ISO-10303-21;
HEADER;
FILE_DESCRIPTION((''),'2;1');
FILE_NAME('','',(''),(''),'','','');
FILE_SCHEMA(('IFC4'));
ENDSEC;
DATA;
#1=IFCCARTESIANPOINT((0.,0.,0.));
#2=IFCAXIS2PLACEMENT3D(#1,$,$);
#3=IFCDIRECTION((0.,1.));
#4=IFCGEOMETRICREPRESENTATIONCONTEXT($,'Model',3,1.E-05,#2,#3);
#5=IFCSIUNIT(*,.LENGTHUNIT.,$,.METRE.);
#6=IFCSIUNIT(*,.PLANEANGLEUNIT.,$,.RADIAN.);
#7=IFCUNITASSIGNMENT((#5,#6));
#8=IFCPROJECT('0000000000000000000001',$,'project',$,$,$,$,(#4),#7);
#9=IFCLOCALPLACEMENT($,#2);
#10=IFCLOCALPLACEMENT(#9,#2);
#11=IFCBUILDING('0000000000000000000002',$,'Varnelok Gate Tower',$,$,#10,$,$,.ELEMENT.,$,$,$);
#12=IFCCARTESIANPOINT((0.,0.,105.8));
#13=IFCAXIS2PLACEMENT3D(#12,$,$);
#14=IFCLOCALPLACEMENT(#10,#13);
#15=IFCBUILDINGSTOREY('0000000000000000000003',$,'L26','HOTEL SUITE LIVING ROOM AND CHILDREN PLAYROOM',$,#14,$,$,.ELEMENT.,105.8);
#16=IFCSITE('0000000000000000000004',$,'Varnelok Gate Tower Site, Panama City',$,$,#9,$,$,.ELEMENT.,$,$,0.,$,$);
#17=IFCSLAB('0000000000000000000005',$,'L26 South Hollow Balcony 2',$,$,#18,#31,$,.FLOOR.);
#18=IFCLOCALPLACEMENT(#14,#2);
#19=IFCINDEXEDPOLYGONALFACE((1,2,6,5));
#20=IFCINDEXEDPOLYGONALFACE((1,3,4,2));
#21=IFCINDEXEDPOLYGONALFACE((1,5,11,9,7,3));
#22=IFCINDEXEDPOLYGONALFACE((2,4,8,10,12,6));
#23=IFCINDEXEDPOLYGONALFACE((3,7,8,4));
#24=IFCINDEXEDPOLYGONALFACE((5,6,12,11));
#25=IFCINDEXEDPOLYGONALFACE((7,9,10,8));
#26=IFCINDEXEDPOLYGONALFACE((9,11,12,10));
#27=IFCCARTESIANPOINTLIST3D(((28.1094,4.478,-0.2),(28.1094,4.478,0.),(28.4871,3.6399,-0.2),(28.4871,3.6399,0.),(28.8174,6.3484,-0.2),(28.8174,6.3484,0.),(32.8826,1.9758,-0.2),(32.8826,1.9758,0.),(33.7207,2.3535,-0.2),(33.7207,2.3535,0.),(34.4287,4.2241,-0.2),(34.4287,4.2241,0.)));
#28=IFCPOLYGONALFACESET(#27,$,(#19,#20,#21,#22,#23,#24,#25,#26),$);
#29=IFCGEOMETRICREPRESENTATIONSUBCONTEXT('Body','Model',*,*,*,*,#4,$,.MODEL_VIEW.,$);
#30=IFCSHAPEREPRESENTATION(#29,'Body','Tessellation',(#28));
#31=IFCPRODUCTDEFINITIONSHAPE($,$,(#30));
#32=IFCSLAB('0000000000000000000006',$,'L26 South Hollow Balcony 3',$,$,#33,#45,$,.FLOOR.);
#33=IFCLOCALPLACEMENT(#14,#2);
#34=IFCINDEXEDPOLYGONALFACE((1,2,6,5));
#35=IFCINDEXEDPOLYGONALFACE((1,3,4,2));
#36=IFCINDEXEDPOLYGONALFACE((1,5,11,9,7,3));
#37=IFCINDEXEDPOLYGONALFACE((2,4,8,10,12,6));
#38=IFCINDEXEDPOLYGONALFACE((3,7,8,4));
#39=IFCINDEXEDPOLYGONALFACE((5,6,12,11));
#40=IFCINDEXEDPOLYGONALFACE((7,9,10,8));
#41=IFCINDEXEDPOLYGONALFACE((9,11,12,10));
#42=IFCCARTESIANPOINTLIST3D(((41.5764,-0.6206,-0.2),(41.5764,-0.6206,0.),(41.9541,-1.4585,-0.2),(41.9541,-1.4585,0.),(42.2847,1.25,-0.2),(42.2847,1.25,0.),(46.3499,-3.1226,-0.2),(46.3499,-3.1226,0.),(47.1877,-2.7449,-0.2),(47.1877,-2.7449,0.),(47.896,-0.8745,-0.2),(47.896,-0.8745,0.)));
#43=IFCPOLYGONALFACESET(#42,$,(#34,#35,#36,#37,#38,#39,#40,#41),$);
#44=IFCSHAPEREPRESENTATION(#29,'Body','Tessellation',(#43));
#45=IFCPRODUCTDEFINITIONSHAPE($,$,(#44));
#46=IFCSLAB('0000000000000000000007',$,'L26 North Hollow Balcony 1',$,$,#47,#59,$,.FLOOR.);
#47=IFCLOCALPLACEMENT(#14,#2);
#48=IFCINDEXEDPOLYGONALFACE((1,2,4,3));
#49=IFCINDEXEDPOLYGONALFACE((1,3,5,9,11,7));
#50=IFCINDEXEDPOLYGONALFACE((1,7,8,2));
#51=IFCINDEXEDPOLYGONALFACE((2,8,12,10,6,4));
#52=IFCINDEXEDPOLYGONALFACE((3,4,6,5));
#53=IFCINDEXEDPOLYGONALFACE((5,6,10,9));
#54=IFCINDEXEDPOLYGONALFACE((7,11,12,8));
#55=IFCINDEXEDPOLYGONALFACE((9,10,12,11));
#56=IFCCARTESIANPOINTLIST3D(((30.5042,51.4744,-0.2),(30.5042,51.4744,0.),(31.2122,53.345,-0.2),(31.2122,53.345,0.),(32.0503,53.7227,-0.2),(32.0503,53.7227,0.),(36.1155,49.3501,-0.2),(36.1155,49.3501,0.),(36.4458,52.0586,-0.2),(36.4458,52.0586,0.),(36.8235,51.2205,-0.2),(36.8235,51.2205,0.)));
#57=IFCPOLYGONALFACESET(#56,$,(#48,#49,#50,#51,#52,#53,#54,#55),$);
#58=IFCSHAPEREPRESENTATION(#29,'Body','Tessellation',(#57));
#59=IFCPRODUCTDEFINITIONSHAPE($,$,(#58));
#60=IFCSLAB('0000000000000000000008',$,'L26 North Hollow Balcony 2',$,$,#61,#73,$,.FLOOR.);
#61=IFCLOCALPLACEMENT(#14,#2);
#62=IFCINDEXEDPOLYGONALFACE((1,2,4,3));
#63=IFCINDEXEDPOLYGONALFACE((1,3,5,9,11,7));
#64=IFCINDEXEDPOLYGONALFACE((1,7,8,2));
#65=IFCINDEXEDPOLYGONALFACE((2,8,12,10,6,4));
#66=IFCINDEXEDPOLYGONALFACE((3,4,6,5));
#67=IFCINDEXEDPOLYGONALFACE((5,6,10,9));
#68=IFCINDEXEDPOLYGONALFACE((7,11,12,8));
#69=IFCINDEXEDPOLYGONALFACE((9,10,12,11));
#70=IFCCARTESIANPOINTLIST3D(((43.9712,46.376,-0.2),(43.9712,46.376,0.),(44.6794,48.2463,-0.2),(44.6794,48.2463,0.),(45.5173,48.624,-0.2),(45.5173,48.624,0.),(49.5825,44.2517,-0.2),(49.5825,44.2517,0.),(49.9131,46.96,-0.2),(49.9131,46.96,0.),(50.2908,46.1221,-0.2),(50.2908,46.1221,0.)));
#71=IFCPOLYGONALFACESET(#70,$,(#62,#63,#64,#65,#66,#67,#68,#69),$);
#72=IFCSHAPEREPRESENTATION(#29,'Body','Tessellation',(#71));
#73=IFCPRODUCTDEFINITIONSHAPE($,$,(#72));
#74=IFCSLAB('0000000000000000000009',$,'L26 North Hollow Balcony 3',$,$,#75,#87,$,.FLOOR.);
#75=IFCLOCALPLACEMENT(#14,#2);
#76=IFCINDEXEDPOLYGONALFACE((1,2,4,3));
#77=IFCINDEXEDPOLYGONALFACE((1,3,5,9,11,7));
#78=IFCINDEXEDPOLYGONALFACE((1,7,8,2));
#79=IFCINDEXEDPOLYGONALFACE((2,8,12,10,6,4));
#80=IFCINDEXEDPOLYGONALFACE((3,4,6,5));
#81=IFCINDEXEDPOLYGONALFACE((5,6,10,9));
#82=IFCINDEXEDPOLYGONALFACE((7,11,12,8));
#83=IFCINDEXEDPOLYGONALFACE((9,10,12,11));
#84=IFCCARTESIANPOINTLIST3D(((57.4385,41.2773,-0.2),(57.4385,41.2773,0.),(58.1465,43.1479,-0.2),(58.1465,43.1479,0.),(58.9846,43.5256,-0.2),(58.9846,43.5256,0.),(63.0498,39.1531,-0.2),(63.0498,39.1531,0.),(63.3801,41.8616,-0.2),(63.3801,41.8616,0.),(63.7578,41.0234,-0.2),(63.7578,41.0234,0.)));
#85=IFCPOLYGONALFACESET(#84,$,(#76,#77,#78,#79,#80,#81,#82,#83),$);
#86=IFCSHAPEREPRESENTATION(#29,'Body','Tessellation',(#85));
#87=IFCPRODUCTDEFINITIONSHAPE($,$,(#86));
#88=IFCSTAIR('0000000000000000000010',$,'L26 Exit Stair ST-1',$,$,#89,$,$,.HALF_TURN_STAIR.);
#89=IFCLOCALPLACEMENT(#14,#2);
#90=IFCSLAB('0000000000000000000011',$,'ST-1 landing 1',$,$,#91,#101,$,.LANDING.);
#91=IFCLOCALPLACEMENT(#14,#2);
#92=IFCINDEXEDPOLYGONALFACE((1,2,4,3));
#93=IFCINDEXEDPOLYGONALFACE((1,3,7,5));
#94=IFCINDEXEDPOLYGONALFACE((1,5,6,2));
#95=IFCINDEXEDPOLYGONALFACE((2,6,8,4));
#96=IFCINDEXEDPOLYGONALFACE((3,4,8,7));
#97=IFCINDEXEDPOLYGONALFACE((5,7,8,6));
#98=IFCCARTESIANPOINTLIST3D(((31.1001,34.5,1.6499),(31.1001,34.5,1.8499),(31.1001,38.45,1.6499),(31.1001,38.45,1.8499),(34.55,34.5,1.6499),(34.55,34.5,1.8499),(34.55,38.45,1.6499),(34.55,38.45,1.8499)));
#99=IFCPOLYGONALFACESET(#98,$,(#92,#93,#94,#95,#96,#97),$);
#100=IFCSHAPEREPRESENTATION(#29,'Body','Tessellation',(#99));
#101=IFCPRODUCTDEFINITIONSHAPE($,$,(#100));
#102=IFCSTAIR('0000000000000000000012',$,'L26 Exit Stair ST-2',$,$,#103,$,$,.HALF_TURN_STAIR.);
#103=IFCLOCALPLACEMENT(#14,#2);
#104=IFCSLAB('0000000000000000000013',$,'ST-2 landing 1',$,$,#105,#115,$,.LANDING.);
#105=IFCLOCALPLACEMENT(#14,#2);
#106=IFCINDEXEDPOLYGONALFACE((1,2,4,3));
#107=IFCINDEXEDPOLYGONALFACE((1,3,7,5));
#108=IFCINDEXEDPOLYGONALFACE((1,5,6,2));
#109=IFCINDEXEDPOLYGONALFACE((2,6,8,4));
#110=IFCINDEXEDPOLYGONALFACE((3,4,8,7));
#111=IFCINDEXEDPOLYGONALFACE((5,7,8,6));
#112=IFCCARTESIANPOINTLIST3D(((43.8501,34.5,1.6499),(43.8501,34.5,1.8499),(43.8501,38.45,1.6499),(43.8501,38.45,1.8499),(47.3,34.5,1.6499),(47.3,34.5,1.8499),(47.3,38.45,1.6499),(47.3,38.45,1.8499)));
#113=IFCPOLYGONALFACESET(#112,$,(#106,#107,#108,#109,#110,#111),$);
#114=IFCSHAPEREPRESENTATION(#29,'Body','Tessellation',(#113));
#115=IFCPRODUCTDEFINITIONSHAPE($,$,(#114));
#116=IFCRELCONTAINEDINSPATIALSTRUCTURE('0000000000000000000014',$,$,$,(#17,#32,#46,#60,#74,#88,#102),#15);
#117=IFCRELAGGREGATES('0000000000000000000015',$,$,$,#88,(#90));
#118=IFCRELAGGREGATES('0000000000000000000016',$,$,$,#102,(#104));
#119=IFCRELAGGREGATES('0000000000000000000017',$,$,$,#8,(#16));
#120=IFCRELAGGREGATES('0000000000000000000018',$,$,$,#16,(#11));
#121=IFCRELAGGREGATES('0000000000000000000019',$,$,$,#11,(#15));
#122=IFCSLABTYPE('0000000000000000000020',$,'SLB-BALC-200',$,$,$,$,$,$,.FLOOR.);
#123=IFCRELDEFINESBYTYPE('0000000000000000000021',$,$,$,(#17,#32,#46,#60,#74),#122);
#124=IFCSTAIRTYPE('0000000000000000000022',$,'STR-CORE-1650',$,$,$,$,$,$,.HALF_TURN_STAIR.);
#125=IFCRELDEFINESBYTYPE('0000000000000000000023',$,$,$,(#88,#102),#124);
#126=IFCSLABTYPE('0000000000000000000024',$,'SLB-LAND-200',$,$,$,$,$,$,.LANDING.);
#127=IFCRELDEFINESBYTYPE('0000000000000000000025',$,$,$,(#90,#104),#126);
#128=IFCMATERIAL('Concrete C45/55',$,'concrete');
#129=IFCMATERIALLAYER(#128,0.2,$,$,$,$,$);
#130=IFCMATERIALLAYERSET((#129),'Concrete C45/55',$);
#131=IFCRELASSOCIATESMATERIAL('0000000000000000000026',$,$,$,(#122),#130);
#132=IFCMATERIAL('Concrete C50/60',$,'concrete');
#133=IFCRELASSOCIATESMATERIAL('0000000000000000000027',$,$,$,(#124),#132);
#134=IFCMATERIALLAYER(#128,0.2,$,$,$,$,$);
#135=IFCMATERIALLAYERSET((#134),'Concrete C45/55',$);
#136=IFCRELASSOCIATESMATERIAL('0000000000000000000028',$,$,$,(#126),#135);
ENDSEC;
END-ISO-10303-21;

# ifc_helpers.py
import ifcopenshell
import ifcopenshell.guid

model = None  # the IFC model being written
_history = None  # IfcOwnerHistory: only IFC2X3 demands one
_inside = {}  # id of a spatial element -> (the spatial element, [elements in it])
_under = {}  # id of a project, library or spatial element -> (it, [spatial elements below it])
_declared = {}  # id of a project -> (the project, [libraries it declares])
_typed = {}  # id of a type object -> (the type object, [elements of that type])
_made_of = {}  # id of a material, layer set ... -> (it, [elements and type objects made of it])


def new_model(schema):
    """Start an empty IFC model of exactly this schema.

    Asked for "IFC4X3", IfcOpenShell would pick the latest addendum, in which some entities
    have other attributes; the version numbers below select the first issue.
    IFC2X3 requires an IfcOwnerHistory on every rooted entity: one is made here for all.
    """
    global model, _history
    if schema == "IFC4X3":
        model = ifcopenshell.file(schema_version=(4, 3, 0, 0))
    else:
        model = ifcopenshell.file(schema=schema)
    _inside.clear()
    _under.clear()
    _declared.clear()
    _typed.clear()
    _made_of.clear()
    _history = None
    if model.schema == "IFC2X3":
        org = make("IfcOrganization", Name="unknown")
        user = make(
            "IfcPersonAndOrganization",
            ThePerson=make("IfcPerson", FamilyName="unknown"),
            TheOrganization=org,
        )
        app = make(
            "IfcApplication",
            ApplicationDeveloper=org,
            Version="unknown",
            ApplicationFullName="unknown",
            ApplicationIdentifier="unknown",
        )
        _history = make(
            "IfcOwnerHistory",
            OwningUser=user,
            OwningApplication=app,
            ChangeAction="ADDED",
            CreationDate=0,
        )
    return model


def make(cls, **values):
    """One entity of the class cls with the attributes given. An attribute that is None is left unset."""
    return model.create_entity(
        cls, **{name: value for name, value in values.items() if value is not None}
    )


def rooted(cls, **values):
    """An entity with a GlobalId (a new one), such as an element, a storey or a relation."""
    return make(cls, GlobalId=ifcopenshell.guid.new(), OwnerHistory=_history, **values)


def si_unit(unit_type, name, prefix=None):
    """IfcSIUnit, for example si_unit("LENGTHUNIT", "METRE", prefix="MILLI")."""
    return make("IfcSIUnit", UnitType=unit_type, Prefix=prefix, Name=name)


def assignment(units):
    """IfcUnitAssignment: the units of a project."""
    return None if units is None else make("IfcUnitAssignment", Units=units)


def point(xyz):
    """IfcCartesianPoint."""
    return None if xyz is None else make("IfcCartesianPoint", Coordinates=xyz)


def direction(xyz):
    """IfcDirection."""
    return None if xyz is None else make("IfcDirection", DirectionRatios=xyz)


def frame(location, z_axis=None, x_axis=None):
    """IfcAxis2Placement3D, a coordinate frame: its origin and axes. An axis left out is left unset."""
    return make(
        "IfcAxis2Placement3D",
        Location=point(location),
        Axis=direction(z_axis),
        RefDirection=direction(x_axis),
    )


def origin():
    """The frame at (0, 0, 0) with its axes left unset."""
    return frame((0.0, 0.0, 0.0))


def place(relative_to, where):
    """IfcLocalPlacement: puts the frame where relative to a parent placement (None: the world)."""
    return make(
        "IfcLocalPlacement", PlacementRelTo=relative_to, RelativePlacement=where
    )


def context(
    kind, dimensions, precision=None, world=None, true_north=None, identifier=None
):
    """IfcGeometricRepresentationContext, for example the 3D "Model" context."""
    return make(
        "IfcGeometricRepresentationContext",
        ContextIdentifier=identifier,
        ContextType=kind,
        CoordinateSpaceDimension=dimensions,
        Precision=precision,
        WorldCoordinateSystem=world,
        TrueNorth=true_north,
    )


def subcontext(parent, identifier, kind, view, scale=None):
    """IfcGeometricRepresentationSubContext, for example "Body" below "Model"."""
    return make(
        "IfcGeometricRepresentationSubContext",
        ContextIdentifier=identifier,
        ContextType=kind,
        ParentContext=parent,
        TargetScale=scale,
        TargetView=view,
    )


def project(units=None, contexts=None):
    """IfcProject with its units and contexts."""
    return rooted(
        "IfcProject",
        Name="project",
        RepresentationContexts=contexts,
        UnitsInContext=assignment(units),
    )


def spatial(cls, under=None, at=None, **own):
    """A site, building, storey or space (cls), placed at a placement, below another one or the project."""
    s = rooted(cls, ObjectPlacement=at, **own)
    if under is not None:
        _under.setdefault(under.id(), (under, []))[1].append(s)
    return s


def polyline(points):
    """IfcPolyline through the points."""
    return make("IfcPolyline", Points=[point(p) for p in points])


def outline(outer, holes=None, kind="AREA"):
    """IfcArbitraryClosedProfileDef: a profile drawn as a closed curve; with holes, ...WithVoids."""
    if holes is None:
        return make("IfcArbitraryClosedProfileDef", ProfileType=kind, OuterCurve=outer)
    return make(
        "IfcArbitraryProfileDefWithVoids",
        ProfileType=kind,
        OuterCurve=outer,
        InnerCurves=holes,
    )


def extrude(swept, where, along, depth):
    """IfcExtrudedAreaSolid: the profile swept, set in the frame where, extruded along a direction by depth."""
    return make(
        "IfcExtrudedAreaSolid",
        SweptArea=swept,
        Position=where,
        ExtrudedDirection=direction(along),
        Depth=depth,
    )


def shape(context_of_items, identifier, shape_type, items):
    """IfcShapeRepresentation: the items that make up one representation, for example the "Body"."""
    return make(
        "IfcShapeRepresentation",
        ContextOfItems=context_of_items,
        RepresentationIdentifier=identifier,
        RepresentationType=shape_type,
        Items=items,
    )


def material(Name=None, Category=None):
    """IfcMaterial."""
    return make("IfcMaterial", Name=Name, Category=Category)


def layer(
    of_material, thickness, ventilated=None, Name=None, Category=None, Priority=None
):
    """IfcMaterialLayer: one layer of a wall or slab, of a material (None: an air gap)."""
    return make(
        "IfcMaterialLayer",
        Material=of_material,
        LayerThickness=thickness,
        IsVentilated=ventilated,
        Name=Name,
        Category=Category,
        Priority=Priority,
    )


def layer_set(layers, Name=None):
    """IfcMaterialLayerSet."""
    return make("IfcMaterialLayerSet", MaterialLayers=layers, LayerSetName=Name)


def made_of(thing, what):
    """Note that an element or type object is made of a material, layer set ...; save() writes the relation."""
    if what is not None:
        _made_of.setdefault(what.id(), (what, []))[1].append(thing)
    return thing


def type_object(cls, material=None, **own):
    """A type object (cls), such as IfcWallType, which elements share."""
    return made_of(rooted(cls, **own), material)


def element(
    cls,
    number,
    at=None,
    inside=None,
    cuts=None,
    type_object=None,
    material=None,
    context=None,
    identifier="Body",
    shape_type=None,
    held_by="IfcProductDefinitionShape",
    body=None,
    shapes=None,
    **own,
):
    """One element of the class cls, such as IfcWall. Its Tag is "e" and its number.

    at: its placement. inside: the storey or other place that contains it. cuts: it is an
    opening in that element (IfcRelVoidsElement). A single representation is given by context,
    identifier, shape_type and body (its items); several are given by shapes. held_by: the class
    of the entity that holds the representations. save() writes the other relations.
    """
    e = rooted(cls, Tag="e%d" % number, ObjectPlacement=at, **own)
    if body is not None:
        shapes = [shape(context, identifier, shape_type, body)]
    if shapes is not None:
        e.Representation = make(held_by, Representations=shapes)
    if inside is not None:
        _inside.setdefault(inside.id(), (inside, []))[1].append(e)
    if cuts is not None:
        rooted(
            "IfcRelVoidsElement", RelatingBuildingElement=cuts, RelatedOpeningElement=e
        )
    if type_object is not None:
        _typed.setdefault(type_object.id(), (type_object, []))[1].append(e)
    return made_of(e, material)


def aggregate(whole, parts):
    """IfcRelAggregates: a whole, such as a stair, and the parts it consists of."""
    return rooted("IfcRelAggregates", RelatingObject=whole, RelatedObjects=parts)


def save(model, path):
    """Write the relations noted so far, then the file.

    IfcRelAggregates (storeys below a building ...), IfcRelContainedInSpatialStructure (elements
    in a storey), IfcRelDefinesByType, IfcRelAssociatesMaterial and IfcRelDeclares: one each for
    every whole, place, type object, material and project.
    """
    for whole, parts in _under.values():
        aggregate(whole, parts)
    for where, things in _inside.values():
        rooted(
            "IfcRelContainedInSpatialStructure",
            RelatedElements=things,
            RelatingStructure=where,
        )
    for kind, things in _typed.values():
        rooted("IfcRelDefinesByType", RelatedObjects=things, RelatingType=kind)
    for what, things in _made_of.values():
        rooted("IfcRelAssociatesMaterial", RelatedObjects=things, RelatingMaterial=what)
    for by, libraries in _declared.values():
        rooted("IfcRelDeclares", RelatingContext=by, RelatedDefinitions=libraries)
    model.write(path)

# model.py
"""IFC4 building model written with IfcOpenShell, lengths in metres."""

from ifc_helpers import new_model, si_unit, direction, frame, origin, place, context, subcontext, project, spatial, polyline, outline, extrude, material, layer, layer_set, type_object, element, aggregate, save


model = new_model("IFC4")

# Units and contexts
model_context = context("Model", 3, precision=1e-05, world=origin(), true_north=direction((0.0, 1.0)))
body_context = subcontext(model_context, "Body", "Model", "MODEL_VIEW")
ifc_project = project(units=[si_unit("LENGTHUNIT", "METRE"), si_unit("PLANEANGLEUNIT", "RADIAN")], contexts=[model_context])

# Site, building, storey
site_placement = place(None, origin())
site = spatial("IfcSite", under=ifc_project, at=site_placement, Name="Varnelok Gate Tower Site, Panama City", CompositionType="ELEMENT", RefElevation=0.0)
building_placement = place(site_placement, origin())
building = spatial("IfcBuilding", under=site, at=building_placement, Name="Varnelok Gate Tower", CompositionType="ELEMENT")
storey_placement = place(building_placement, frame((0.0, 0.0, 105.8)))
storey = spatial("IfcBuildingStorey", under=building, at=storey_placement, Name="L26", Description="HOTEL SUITE LIVING ROOM AND CHILDREN PLAYROOM", CompositionType="ELEMENT", Elevation=105.8)

# Slabs
ifc_material_1 = material(Name="Concrete C45/55", Category="concrete")
ifc_layer_1 = layer(ifc_material_1, 0.2)
ifc_layer_set_1 = layer_set([ifc_layer_1], Name="Concrete C45/55")
slab_type_1 = type_object("IfcSlabType", Name="SLB-BALC-200", PredefinedType="FLOOR", material=ifc_layer_set_1)
slab_1_placement = place(storey_placement, frame((0.0, 0.0, -0.2)))
element("IfcSlab", 1, at=slab_1_placement, inside=storey, type_object=slab_type_1, Name="L26 South Hollow Balcony 2", PredefinedType="FLOOR", context=body_context, shape_type="SweptSolid", body=[
    extrude(outline(polyline([(28.1094, 4.478), (28.4871, 3.6399), (32.8826, 1.9758), (33.7207, 2.3535), (34.4287, 4.2241), (28.8174, 6.3484), (28.1094, 4.478)])), origin(), (0.0, 0.0, 1.0), 0.2),
])
slab_2_placement = place(storey_placement, frame((0.0, 0.0, -0.2)))
element("IfcSlab", 2, at=slab_2_placement, inside=storey, type_object=slab_type_1, Name="L26 South Hollow Balcony 3", PredefinedType="FLOOR", context=body_context, shape_type="SweptSolid", body=[
    extrude(outline(polyline([(41.5764, -0.6206), (41.9541, -1.4585), (46.3499, -3.1226), (47.1877, -2.7449), (47.896, -0.8745), (42.2847, 1.25), (41.5764, -0.6206)])), origin(), (0.0, 0.0, 1.0), 0.2),
])
slab_3_placement = place(storey_placement, frame((0.0, 0.0, -0.2)))
element("IfcSlab", 3, at=slab_3_placement, inside=storey, type_object=slab_type_1, Name="L26 North Hollow Balcony 1", PredefinedType="FLOOR", context=body_context, shape_type="SweptSolid", body=[
    extrude(outline(polyline([(30.5042, 51.4744), (36.1155, 49.3501), (36.8235, 51.2205), (36.4458, 52.0586), (32.0503, 53.7227), (31.2122, 53.345), (30.5042, 51.4744)])), origin(), (0.0, 0.0, 1.0), 0.2),
])
slab_4_placement = place(storey_placement, frame((0.0, 0.0, -0.2)))
element("IfcSlab", 4, at=slab_4_placement, inside=storey, type_object=slab_type_1, Name="L26 North Hollow Balcony 2", PredefinedType="FLOOR", context=body_context, shape_type="SweptSolid", body=[
    extrude(outline(polyline([(43.9712, 46.376), (49.5825, 44.2517), (50.2908, 46.1221), (49.9131, 46.96), (45.5173, 48.624), (44.6794, 48.2463), (43.9712, 46.376)])), origin(), (0.0, 0.0, 1.0), 0.2),
])
slab_5_placement = place(storey_placement, frame((0.0, 0.0, -0.2)))
element("IfcSlab", 5, at=slab_5_placement, inside=storey, type_object=slab_type_1, Name="L26 North Hollow Balcony 3", PredefinedType="FLOOR", context=body_context, shape_type="SweptSolid", body=[
    extrude(outline(polyline([(57.4385, 41.2773), (63.0498, 39.1531), (63.7578, 41.0234), (63.3801, 41.8616), (58.9846, 43.5256), (58.1465, 43.1479), (57.4385, 41.2773)])), origin(), (0.0, 0.0, 1.0), 0.2),
])

# Stairs, slabs
ifc_material_2 = material(Name="Concrete C50/60", Category="concrete")
stair_type = type_object("IfcStairType", Name="STR-CORE-1650", PredefinedType="HALF_TURN_STAIR", material=ifc_material_2)
stair_1_placement = place(storey_placement, origin())
stair_1 = element("IfcStair", 6, at=stair_1_placement, inside=storey, type_object=stair_type, Name="L26 Exit Stair ST-1", PredefinedType="HALF_TURN_STAIR")
ifc_layer_2 = layer(ifc_material_1, 0.2)
ifc_layer_set_2 = layer_set([ifc_layer_2], Name="Concrete C45/55")
slab_type_2 = type_object("IfcSlabType", Name="SLB-LAND-200", PredefinedType="LANDING", material=ifc_layer_set_2)
slab_6_placement = place(storey_placement, frame((0.0, 0.0, 1.6499)))
slab_6 = element("IfcSlab", 7, at=slab_6_placement, type_object=slab_type_2, Name="ST-1 landing 1", PredefinedType="LANDING", context=body_context, shape_type="SweptSolid", body=[
    extrude(outline(polyline([(34.55, 34.5), (34.55, 38.45), (31.1001, 38.45), (31.1001, 34.5), (34.55, 34.5)])), origin(), (0.0, 0.0, 1.0), 0.2),
])
aggregate(stair_1, [slab_6])
stair_2_placement = place(storey_placement, origin())
stair_2 = element("IfcStair", 8, at=stair_2_placement, inside=storey, type_object=stair_type, Name="L26 Exit Stair ST-2", PredefinedType="HALF_TURN_STAIR")
slab_7_placement = place(storey_placement, frame((0.0, 0.0, 1.6499)))
slab_7 = element("IfcSlab", 9, at=slab_7_placement, type_object=slab_type_2, Name="ST-2 landing 1", PredefinedType="LANDING", context=body_context, shape_type="SweptSolid", body=[
    extrude(outline(polyline([(47.3, 34.5), (47.3, 38.45), (43.8501, 38.45), (43.8501, 34.5), (47.3, 34.5)])), origin(), (0.0, 0.0, 1.0), 0.2),
])
aggregate(stair_2, [slab_7])

save(model, "model.ifc")
